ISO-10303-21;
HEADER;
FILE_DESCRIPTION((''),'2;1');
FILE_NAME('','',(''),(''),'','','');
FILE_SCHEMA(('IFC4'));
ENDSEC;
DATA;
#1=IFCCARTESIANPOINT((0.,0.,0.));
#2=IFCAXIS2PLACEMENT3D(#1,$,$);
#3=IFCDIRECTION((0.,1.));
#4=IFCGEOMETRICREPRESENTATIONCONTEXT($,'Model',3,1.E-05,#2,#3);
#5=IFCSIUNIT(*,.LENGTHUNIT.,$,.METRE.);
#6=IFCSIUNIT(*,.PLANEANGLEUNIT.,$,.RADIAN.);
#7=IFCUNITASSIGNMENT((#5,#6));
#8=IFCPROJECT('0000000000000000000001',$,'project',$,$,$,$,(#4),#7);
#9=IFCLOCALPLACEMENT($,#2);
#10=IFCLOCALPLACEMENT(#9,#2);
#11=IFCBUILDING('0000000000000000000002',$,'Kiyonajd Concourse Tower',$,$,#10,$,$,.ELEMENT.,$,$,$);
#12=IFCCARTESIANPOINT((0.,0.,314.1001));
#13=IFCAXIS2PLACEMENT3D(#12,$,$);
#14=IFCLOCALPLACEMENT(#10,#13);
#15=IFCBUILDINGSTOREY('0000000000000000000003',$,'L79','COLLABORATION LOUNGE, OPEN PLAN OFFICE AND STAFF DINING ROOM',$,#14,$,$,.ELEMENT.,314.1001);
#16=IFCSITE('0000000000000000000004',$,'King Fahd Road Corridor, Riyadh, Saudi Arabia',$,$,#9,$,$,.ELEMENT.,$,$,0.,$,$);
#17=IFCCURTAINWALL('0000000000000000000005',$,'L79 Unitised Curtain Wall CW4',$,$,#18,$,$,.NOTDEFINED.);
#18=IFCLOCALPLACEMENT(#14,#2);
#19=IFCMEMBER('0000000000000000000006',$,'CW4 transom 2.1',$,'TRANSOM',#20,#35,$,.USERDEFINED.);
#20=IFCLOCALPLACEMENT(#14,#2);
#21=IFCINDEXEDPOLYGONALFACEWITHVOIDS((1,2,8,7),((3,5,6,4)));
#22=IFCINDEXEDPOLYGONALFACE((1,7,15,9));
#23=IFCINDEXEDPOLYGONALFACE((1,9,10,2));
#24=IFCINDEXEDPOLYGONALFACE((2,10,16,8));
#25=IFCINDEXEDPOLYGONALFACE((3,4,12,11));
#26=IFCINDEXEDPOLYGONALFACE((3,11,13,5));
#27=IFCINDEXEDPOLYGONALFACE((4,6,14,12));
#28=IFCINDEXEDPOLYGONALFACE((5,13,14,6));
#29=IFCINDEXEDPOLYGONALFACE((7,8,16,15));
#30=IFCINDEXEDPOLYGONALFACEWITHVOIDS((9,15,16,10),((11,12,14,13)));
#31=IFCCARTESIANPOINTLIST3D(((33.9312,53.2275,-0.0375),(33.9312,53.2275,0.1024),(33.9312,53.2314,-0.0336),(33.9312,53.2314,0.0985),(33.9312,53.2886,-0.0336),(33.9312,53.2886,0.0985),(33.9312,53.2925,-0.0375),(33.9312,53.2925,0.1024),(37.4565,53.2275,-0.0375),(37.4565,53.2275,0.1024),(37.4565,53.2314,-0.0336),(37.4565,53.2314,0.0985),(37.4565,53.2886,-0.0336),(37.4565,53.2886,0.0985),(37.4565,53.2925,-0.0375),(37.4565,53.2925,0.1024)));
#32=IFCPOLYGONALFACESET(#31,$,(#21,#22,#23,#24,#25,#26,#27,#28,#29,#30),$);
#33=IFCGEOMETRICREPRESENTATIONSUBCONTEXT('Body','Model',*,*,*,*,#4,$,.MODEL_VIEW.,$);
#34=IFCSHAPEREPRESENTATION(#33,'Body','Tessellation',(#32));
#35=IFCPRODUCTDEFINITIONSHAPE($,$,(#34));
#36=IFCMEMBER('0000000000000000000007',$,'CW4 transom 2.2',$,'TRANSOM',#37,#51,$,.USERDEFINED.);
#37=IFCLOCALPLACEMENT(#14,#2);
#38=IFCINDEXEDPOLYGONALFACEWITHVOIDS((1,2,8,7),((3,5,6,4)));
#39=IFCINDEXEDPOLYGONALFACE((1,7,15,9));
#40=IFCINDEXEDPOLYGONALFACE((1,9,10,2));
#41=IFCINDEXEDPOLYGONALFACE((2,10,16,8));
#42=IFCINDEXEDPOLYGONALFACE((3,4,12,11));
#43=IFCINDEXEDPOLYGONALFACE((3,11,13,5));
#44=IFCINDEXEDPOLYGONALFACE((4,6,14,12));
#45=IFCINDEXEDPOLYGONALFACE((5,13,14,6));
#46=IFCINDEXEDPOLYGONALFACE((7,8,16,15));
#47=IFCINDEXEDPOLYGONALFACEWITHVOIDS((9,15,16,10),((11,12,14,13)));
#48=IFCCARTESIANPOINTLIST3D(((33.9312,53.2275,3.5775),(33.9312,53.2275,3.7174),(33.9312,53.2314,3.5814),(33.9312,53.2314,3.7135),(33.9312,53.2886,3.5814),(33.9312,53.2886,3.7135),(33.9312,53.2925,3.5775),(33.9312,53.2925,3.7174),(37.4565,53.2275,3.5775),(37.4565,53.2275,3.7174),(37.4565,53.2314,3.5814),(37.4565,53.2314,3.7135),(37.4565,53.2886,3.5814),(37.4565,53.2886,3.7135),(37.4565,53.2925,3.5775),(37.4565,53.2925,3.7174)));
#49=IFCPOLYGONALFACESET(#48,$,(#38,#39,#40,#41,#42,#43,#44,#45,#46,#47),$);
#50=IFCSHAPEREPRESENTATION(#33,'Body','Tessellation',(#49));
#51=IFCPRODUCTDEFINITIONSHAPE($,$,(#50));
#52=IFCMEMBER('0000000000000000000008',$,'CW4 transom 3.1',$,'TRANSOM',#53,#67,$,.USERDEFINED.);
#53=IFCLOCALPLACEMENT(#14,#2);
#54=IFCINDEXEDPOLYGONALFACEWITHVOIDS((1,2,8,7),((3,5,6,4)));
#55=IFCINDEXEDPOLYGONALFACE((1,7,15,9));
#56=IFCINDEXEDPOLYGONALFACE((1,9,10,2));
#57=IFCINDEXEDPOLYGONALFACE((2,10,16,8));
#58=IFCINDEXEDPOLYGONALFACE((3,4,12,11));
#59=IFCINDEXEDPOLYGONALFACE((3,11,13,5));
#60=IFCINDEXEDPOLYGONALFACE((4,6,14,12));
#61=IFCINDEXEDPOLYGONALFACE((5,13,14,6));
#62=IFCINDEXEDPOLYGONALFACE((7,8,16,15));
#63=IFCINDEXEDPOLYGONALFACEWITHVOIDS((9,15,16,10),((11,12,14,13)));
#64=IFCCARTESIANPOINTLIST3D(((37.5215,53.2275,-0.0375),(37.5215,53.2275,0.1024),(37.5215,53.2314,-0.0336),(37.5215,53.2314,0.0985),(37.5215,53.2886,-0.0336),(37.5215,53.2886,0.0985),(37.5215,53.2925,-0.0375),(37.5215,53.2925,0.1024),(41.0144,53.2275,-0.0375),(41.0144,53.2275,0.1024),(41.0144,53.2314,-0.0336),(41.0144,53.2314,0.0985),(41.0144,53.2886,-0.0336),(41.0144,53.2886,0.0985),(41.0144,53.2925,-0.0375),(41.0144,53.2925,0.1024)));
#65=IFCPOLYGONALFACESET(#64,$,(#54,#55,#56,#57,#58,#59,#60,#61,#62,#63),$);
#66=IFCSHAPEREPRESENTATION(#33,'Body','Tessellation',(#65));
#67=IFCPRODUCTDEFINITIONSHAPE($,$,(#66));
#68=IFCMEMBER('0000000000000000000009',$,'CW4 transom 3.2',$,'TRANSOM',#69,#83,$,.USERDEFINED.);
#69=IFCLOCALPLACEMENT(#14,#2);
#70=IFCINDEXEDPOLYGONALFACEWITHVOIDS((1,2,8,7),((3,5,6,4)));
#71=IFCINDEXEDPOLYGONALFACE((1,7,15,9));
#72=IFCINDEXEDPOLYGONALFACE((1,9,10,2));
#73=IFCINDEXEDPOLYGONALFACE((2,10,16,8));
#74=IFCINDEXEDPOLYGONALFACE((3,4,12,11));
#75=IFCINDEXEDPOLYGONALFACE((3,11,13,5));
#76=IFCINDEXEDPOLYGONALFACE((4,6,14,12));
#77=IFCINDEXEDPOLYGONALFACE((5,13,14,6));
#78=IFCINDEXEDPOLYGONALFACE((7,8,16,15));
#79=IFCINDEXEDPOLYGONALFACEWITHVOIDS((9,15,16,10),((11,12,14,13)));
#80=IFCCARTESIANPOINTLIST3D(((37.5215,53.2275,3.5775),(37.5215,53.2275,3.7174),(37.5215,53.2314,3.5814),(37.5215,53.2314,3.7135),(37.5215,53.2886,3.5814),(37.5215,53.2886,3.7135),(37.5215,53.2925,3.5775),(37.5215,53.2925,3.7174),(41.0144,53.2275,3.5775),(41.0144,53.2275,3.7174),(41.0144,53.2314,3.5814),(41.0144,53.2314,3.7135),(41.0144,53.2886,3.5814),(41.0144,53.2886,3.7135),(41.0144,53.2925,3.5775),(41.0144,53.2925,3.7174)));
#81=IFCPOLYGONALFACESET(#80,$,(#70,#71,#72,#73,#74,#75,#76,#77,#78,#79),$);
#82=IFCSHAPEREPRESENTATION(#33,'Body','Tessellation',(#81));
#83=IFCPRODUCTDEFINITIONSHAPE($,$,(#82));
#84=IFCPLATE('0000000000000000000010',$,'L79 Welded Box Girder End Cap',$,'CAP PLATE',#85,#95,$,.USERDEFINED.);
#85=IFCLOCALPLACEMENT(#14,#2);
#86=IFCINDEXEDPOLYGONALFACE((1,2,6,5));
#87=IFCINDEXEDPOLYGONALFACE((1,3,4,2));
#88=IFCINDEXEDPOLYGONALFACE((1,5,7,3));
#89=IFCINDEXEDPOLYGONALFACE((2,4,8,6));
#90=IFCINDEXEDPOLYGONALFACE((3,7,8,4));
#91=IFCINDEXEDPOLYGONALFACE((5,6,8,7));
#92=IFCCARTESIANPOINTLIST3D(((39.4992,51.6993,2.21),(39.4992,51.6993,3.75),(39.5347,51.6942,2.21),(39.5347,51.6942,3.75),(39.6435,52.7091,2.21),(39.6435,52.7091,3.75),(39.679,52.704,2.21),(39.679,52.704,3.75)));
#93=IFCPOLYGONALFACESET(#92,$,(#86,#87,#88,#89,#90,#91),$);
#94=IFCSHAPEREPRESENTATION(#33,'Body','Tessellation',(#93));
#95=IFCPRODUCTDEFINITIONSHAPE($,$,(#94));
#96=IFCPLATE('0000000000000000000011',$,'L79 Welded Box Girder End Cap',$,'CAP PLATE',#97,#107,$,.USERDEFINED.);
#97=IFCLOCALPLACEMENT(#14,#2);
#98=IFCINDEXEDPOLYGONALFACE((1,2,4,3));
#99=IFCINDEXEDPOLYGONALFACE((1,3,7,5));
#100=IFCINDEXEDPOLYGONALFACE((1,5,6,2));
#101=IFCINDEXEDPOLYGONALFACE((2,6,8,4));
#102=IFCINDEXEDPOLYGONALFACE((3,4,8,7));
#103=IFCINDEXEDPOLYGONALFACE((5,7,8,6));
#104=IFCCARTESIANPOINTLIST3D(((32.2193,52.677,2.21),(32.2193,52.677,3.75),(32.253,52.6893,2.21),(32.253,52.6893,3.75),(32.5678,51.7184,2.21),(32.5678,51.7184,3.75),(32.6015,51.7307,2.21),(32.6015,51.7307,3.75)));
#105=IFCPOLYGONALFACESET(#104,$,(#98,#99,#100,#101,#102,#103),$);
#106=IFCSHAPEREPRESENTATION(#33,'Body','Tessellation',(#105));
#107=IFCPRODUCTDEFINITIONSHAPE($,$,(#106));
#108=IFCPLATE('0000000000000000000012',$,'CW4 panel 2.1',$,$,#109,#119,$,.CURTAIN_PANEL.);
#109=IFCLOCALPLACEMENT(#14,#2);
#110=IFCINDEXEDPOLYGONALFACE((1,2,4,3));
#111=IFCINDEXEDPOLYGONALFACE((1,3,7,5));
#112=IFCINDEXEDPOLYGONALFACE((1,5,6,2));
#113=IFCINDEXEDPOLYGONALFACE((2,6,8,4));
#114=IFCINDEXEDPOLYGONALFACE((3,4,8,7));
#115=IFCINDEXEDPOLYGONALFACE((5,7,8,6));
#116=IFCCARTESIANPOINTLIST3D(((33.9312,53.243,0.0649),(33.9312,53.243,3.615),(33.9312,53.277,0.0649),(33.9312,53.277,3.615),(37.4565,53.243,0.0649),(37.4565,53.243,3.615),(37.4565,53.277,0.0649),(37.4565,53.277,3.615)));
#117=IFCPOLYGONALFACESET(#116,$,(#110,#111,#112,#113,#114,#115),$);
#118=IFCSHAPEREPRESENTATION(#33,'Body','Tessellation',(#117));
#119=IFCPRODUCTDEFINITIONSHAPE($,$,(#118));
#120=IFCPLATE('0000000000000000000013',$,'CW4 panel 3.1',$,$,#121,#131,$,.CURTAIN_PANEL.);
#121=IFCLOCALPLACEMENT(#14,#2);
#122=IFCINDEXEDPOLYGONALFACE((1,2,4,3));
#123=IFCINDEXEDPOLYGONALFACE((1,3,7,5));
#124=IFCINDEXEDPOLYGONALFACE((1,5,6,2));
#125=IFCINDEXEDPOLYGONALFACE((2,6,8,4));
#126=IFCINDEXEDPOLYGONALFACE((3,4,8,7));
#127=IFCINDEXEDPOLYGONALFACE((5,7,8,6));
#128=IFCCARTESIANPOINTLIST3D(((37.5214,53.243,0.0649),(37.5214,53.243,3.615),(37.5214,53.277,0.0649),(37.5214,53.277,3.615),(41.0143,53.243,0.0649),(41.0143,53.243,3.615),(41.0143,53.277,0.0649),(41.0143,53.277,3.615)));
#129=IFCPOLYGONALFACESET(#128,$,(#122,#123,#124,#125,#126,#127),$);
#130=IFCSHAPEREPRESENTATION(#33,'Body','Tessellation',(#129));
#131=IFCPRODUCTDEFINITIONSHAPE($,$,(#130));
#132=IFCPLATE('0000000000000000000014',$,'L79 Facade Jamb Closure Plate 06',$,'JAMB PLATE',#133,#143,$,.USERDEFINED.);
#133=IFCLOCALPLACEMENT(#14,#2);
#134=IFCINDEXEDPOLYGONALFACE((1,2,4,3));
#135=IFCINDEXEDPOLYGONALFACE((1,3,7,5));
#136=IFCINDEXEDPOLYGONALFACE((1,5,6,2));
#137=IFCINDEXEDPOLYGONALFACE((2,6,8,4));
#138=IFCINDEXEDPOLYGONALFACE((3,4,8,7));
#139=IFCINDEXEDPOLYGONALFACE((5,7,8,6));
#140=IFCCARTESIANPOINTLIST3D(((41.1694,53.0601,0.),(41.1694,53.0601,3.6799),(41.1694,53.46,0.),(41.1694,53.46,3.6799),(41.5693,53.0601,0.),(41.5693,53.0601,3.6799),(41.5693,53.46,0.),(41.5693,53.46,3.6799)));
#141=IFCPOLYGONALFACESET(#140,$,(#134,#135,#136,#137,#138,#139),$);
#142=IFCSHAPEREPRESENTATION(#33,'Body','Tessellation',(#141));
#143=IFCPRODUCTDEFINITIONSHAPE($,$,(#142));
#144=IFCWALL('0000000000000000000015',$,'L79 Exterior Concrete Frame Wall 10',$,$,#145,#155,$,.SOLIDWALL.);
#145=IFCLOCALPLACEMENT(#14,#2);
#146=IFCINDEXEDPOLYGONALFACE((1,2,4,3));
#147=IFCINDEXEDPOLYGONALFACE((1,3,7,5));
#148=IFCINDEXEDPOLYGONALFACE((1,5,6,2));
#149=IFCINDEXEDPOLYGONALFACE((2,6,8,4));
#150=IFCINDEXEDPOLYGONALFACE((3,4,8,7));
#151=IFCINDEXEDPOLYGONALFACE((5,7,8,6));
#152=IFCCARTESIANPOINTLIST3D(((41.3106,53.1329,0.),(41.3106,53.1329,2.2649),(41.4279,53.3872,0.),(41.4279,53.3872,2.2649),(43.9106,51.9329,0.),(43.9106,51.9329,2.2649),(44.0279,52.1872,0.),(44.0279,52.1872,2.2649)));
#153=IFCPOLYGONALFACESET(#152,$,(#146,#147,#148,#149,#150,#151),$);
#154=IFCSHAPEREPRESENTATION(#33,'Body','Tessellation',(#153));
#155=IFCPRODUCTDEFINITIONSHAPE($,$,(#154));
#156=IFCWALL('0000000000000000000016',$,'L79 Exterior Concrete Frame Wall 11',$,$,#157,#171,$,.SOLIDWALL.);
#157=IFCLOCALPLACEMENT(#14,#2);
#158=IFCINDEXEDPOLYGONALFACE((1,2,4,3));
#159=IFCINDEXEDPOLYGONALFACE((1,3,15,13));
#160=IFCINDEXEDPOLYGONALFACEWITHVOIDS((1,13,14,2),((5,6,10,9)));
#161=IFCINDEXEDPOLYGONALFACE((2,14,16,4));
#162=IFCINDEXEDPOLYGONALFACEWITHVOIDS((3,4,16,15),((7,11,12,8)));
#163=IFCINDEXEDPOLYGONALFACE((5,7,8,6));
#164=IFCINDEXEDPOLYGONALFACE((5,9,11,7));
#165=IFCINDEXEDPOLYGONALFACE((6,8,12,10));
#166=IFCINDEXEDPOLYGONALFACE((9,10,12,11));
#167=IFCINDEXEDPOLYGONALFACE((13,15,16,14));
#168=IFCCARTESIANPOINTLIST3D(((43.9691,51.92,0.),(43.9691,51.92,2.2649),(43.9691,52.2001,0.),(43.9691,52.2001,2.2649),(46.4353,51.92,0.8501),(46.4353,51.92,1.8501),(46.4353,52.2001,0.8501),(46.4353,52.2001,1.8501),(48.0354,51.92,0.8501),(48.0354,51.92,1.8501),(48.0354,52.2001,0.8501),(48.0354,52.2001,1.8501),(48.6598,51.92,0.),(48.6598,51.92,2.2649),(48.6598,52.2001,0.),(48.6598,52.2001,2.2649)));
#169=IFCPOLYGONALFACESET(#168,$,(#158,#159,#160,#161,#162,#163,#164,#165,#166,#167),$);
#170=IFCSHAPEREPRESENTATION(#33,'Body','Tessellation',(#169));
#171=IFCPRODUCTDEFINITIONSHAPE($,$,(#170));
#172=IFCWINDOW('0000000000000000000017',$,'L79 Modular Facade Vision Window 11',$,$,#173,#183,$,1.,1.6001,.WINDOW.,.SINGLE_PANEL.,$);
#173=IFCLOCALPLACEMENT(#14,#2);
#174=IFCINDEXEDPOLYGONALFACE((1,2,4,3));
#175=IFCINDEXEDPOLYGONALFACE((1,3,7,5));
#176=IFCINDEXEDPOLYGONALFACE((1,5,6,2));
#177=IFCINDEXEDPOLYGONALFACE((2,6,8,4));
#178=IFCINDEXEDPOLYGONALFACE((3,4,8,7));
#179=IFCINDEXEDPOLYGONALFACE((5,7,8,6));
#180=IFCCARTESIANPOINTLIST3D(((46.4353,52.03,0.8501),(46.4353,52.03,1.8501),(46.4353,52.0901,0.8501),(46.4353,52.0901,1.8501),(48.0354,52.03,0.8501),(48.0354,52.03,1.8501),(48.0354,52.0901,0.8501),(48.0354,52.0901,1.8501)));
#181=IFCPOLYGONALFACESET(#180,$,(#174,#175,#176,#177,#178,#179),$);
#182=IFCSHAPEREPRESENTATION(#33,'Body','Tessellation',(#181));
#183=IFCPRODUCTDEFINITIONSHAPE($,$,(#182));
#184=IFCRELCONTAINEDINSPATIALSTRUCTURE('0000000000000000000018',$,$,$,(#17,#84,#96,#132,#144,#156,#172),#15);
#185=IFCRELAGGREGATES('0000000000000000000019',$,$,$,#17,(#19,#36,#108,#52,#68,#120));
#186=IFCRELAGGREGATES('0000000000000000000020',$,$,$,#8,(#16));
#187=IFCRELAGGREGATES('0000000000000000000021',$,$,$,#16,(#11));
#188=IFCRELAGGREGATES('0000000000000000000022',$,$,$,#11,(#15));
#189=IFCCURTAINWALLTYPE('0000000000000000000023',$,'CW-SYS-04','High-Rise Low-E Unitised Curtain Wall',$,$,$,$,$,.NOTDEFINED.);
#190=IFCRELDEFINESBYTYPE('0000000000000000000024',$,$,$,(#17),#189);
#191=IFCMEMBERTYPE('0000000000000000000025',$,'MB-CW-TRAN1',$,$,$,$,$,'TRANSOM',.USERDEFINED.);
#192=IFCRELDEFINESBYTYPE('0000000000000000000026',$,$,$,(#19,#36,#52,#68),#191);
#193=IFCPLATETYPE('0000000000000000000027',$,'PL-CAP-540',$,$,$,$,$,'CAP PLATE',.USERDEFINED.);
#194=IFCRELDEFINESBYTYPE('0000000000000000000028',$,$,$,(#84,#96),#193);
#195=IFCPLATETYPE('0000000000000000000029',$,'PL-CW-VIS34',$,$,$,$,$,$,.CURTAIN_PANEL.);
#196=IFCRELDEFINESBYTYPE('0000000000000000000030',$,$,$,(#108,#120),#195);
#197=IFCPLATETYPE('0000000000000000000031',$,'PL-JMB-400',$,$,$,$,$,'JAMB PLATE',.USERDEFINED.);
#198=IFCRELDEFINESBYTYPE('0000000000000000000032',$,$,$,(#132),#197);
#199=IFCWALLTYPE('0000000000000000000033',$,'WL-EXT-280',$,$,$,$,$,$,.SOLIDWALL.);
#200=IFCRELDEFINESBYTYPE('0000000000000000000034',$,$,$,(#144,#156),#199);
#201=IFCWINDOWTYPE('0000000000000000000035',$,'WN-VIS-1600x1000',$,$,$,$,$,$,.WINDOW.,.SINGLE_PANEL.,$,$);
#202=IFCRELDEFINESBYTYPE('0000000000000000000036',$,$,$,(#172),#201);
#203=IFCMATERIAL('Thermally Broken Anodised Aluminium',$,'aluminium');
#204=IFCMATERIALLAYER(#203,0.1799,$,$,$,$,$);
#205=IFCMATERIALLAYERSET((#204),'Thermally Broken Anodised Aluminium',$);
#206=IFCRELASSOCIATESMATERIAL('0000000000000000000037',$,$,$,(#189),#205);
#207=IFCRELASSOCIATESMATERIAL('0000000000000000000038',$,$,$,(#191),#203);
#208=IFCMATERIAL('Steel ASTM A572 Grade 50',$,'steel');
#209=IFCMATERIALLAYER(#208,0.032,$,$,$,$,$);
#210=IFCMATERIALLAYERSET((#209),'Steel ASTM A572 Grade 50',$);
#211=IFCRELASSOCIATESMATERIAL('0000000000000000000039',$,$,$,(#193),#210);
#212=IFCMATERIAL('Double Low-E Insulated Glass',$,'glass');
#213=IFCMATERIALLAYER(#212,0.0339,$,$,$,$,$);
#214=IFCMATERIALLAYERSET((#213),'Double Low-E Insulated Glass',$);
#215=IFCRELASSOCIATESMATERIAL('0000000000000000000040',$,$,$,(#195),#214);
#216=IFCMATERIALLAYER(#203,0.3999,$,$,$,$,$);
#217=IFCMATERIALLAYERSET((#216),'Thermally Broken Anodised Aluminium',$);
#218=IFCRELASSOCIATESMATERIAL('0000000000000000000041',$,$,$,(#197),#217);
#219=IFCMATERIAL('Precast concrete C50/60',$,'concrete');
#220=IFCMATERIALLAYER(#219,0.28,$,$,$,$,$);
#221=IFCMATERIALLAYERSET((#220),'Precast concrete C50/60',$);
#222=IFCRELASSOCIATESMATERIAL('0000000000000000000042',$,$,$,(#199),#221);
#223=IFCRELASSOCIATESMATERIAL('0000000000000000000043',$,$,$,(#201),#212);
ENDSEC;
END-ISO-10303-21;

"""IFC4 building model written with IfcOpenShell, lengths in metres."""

from ifc_helpers import new_model, si_unit, direction, frame, frame_2d, origin, origin_2d, place, context, subcontext, project, spatial, rectangle, hollow_rectangle, extrude, material, layer, layer_set, material_profile, profile_set, type_object, element, fill, aggregate, save


model = new_model("IFC4")

# Units and contexts
model_context = context("Model", 3, precision=1e-05, world=origin(), true_north=direction((0.0, 1.0)))
body_context = subcontext(model_context, "Body", "Model", "MODEL_VIEW")
ifc_project = project(units=[si_unit("LENGTHUNIT", "METRE"), si_unit("PLANEANGLEUNIT", "RADIAN")], contexts=[model_context])

# Site, building, storey
site_placement = place(None, origin())
site = spatial("IfcSite", under=ifc_project, at=site_placement, Name="King Fahd Road Corridor, Riyadh, Saudi Arabia", CompositionType="ELEMENT", RefElevation=0.0)
building_placement = place(site_placement, origin())
building = spatial("IfcBuilding", under=site, at=building_placement, Name="Kiyonajd Concourse Tower", CompositionType="ELEMENT")
storey_placement = place(building_placement, frame((0.0, 0.0, 314.1001)))
storey = spatial("IfcBuildingStorey", under=building, at=storey_placement, Name="L79", Description="COLLABORATION LOUNGE, OPEN PLAN OFFICE AND STAFF DINING ROOM", CompositionType="ELEMENT", Elevation=314.1001)

# Shared definitions
ifc_material_1 = material(Name="Steel ASTM A572 Grade 50", Category="steel")

# Curtain wall, members
ifc_material_2 = material(Name="Thermally Broken Anodised Aluminium", Category="aluminium")
ifc_layer_1 = layer(ifc_material_2, 0.1799)
ifc_layer_set_1 = layer_set([ifc_layer_1], Name="Thermally Broken Anodised Aluminium")
curtain_wall_type = type_object("IfcCurtainWallType", Name="CW-SYS-04", Description="High-Rise Low-E Unitised Curtain Wall", PredefinedType="NOTDEFINED", material=ifc_layer_set_1)
curtain_wall_placement = place(storey_placement, origin())
curtain_wall = element("IfcCurtainWall", 1, at=curtain_wall_placement, inside=storey, type_object=curtain_wall_type, Name="L79 Unitised Curtain Wall CW4", PredefinedType="NOTDEFINED")
ifc_material_profile_1 = material_profile(ifc_material_2, hollow_rectangle(XDim=0.0649, YDim=0.1399, WallThickness=0.0039, at=origin_2d()), Name="TRAN-65x140")
ifc_profile_set_1 = profile_set([ifc_material_profile_1], Name="Thermally Broken Anodised Aluminium")
member_type_1 = type_object("IfcMemberType", Name="MB-CW-TRAN1", ElementType="TRANSOM", PredefinedType="USERDEFINED", material=ifc_profile_set_1)
member_1_placement = place(storey_placement, frame((33.9312, 53.26, 0.0325), z_axis=(1.0, 0.0, 0.0), x_axis=(0.0, 1.0, 0.0)))
member_1 = element("IfcMember", 2, at=member_1_placement, type_object=member_type_1, Name="CW4 transom 2.1", ObjectType="TRANSOM", PredefinedType="USERDEFINED", context=body_context, shape_type="SweptSolid", body=[
    extrude(hollow_rectangle(XDim=0.0649, YDim=0.1399, WallThickness=0.0039, at=origin_2d()), origin(), (0.0, 0.0, 1.0), 3.5254),
])
member_2_placement = place(storey_placement, frame((33.9312, 53.26, 3.6475), z_axis=(1.0, 0.0, 0.0), x_axis=(0.0, 1.0, 0.0)))
member_2 = element("IfcMember", 3, at=member_2_placement, type_object=member_type_1, Name="CW4 transom 2.2", ObjectType="TRANSOM", PredefinedType="USERDEFINED", context=body_context, shape_type="SweptSolid", body=[
    extrude(hollow_rectangle(XDim=0.0649, YDim=0.1399, WallThickness=0.0039, at=origin_2d()), origin(), (0.0, 0.0, 1.0), 3.5254),
])
member_3_placement = place(storey_placement, frame((37.5215, 53.26, 0.0325), z_axis=(1.0, 0.0, 0.0), x_axis=(0.0, 1.0, 0.0)))
member_3 = element("IfcMember", 4, at=member_3_placement, type_object=member_type_1, Name="CW4 transom 3.1", ObjectType="TRANSOM", PredefinedType="USERDEFINED", context=body_context, shape_type="SweptSolid", body=[
    extrude(hollow_rectangle(XDim=0.0649, YDim=0.1399, WallThickness=0.0039, at=origin_2d()), origin(), (0.0, 0.0, 1.0), 3.4929),
])
member_4_placement = place(storey_placement, frame((37.5215, 53.26, 3.6475), z_axis=(1.0, 0.0, 0.0), x_axis=(0.0, 1.0, 0.0)))
member_4 = element("IfcMember", 5, at=member_4_placement, type_object=member_type_1, Name="CW4 transom 3.2", ObjectType="TRANSOM", PredefinedType="USERDEFINED", context=body_context, shape_type="SweptSolid", body=[
    extrude(hollow_rectangle(XDim=0.0649, YDim=0.1399, WallThickness=0.0039, at=origin_2d()), origin(), (0.0, 0.0, 1.0), 3.4929),
])

# Plates
ifc_layer_2 = layer(ifc_material_1, 0.032)
ifc_layer_set_2 = layer_set([ifc_layer_2], Name="Steel ASTM A572 Grade 50")
plate_type_1 = type_object("IfcPlateType", Name="PL-CAP-540", ElementType="CAP PLATE", PredefinedType="USERDEFINED", material=ifc_layer_set_2)
for number, where, z_axis, x_axis, name in (
    (6, (39.5891, 52.2017, 2.21), (0.0, 0.0, 1.0), (-0.98995, 0.14142, 0.0), "L79 Welded Box Girder End Cap"),
    (7, (32.4104, 52.2039, 2.21), (0.0, 0.0, 1.0), (0.939812, 0.341692, 0.0), "L79 Welded Box Girder End Cap"),
):
    element("IfcPlate", number, at=place(storey_placement, frame(where, z_axis=z_axis, x_axis=x_axis)), inside=storey, type_object=plate_type_1, Name=name, ObjectType="CAP PLATE", PredefinedType="USERDEFINED", context=body_context, shape_type="SweptSolid", body=[
        extrude(rectangle(XDim=0.0359, YDim=1.02, at=origin_2d()), origin(), (0.0, 0.0, 1.0), 1.54),
    ])

# Plates
ifc_material_3 = material(Name="Double Low-E Insulated Glass", Category="glass")
ifc_layer_3 = layer(ifc_material_3, 0.0339)
ifc_layer_set_3 = layer_set([ifc_layer_3], Name="Double Low-E Insulated Glass")
plate_type_2 = type_object("IfcPlateType", Name="PL-CW-VIS34", PredefinedType="CURTAIN_PANEL", material=ifc_layer_set_3)
plate_1_placement = place(storey_placement, frame((35.6938, 53.26, 0.0649), z_axis=(0.0, 0.0, 1.0), x_axis=(1.0, 0.0, 0.0)))
plate_1 = element("IfcPlate", 8, at=plate_1_placement, type_object=plate_type_2, Name="CW4 panel 2.1", PredefinedType="CURTAIN_PANEL", context=body_context, shape_type="SweptSolid", body=[
    extrude(rectangle(XDim=3.5254, YDim=0.0339, at=origin_2d()), origin(), (0.0, 0.0, 1.0), 3.55),
])
plate_2_placement = place(storey_placement, frame((39.2678, 53.26, 0.0649), z_axis=(0.0, 0.0, 1.0), x_axis=(1.0, 0.0, 0.0)))
plate_2 = element("IfcPlate", 9, at=plate_2_placement, type_object=plate_type_2, Name="CW4 panel 3.1", PredefinedType="CURTAIN_PANEL", context=body_context, shape_type="SweptSolid", body=[
    extrude(rectangle(XDim=3.4929, YDim=0.0339, at=origin_2d()), origin(), (0.0, 0.0, 1.0), 3.55),
])
aggregate(curtain_wall, [member_1, member_2, plate_1, member_3, member_4, plate_2])
ifc_layer_4 = layer(ifc_material_2, 0.3999)
ifc_layer_set_4 = layer_set([ifc_layer_4], Name="Thermally Broken Anodised Aluminium")
plate_type_3 = type_object("IfcPlateType", Name="PL-JMB-400", ElementType="JAMB PLATE", PredefinedType="USERDEFINED", material=ifc_layer_set_4)
plate_3_placement = place(storey_placement, frame((41.3694, 53.26, 0.0), z_axis=(0.0, 0.0, 1.0), x_axis=(1.0, 0.0, 0.0)))
element("IfcPlate", 10, at=plate_3_placement, inside=storey, type_object=plate_type_3, Name="L79 Facade Jamb Closure Plate 06", ObjectType="JAMB PLATE", PredefinedType="USERDEFINED", context=body_context, shape_type="SweptSolid", body=[
    extrude(rectangle(XDim=0.3999, YDim=0.3999, at=origin_2d()), origin(), (0.0, 0.0, 1.0), 3.6799),
])

# Wall
ifc_material_4 = material(Name="Precast concrete C50/60", Category="concrete")
ifc_layer_5 = layer(ifc_material_4, 0.28)
ifc_layer_set_5 = layer_set([ifc_layer_5], Name="Precast concrete C50/60")
wall_type_1 = type_object("IfcWallType", Name="WL-EXT-280", PredefinedType="SOLIDWALL", material=ifc_layer_set_5)
wall_1_placement = place(storey_placement, frame((41.3694, 53.26, 0.0), z_axis=(0.0, 0.0, 1.0), x_axis=(0.907957, -0.419064, 0.0)))
element("IfcWall", 11, at=wall_1_placement, inside=storey, type_object=wall_type_1, Name="L79 Exterior Concrete Frame Wall 10", PredefinedType="SOLIDWALL", context=body_context, shape_type="SweptSolid", body=[
    extrude(rectangle(XDim=2.8635, YDim=0.28, at=frame_2d((1.4316, 0.0))), origin(), (0.0, 0.0, 1.0), 2.2649),
])

# Wall, opening, window
wall_2_placement = place(storey_placement, frame((43.9692, 52.0601, 0.0), z_axis=(0.0, 0.0, 1.0), x_axis=(1.0, 0.0, 0.0)))
wall_2 = element("IfcWall", 12, at=wall_2_placement, inside=storey, type_object=wall_type_1, Name="L79 Exterior Concrete Frame Wall 11", PredefinedType="SOLIDWALL", context=body_context, shape_type="SweptSolid", body=[
    extrude(rectangle(XDim=4.6907, YDim=0.28, at=frame_2d((2.3452, 0.0))), origin(), (0.0, 0.0, 1.0), 2.2649),
])
opening_placement = place(wall_2_placement, frame((2.4661, 0.0, 0.8501)))
opening = element("IfcOpeningElement", 13, at=opening_placement, cuts=wall_2, PredefinedType="OPENING", context=body_context, shape_type="SweptSolid", body=[
    extrude(rectangle(XDim=1.6001, YDim=1.0, at=frame_2d((0.8, 0.5))), frame((0.0, 0.1499, 0.0), z_axis=(0.0, -1.0, 0.0), x_axis=(1.0, 0.0, 0.0)), (0.0, 0.0, 1.0), 0.3),
])
window_type = type_object("IfcWindowType", Name="WN-VIS-1600x1000", PartitioningType="SINGLE_PANEL", PredefinedType="WINDOW", material=ifc_material_3)
window_placement = place(opening_placement, origin())
window = element("IfcWindow", 14, at=window_placement, inside=storey, type_object=window_type, Name="L79 Modular Facade Vision Window 11", OverallHeight=1.0, OverallWidth=1.6001, PartitioningType="SINGLE_PANEL", PredefinedType="WINDOW", context=body_context, shape_type="SweptSolid", body=[
    extrude(rectangle(XDim=1.6001, YDim=1.0, at=frame_2d((0.8, 0.5))), frame((0.0, 0.03, 0.0), z_axis=(0.0, -1.0, 0.0), x_axis=(1.0, 0.0, 0.0)), (0.0, 0.0, 1.0), 0.0601),
])
fill(opening, window)

save(model, "model.ifc")
